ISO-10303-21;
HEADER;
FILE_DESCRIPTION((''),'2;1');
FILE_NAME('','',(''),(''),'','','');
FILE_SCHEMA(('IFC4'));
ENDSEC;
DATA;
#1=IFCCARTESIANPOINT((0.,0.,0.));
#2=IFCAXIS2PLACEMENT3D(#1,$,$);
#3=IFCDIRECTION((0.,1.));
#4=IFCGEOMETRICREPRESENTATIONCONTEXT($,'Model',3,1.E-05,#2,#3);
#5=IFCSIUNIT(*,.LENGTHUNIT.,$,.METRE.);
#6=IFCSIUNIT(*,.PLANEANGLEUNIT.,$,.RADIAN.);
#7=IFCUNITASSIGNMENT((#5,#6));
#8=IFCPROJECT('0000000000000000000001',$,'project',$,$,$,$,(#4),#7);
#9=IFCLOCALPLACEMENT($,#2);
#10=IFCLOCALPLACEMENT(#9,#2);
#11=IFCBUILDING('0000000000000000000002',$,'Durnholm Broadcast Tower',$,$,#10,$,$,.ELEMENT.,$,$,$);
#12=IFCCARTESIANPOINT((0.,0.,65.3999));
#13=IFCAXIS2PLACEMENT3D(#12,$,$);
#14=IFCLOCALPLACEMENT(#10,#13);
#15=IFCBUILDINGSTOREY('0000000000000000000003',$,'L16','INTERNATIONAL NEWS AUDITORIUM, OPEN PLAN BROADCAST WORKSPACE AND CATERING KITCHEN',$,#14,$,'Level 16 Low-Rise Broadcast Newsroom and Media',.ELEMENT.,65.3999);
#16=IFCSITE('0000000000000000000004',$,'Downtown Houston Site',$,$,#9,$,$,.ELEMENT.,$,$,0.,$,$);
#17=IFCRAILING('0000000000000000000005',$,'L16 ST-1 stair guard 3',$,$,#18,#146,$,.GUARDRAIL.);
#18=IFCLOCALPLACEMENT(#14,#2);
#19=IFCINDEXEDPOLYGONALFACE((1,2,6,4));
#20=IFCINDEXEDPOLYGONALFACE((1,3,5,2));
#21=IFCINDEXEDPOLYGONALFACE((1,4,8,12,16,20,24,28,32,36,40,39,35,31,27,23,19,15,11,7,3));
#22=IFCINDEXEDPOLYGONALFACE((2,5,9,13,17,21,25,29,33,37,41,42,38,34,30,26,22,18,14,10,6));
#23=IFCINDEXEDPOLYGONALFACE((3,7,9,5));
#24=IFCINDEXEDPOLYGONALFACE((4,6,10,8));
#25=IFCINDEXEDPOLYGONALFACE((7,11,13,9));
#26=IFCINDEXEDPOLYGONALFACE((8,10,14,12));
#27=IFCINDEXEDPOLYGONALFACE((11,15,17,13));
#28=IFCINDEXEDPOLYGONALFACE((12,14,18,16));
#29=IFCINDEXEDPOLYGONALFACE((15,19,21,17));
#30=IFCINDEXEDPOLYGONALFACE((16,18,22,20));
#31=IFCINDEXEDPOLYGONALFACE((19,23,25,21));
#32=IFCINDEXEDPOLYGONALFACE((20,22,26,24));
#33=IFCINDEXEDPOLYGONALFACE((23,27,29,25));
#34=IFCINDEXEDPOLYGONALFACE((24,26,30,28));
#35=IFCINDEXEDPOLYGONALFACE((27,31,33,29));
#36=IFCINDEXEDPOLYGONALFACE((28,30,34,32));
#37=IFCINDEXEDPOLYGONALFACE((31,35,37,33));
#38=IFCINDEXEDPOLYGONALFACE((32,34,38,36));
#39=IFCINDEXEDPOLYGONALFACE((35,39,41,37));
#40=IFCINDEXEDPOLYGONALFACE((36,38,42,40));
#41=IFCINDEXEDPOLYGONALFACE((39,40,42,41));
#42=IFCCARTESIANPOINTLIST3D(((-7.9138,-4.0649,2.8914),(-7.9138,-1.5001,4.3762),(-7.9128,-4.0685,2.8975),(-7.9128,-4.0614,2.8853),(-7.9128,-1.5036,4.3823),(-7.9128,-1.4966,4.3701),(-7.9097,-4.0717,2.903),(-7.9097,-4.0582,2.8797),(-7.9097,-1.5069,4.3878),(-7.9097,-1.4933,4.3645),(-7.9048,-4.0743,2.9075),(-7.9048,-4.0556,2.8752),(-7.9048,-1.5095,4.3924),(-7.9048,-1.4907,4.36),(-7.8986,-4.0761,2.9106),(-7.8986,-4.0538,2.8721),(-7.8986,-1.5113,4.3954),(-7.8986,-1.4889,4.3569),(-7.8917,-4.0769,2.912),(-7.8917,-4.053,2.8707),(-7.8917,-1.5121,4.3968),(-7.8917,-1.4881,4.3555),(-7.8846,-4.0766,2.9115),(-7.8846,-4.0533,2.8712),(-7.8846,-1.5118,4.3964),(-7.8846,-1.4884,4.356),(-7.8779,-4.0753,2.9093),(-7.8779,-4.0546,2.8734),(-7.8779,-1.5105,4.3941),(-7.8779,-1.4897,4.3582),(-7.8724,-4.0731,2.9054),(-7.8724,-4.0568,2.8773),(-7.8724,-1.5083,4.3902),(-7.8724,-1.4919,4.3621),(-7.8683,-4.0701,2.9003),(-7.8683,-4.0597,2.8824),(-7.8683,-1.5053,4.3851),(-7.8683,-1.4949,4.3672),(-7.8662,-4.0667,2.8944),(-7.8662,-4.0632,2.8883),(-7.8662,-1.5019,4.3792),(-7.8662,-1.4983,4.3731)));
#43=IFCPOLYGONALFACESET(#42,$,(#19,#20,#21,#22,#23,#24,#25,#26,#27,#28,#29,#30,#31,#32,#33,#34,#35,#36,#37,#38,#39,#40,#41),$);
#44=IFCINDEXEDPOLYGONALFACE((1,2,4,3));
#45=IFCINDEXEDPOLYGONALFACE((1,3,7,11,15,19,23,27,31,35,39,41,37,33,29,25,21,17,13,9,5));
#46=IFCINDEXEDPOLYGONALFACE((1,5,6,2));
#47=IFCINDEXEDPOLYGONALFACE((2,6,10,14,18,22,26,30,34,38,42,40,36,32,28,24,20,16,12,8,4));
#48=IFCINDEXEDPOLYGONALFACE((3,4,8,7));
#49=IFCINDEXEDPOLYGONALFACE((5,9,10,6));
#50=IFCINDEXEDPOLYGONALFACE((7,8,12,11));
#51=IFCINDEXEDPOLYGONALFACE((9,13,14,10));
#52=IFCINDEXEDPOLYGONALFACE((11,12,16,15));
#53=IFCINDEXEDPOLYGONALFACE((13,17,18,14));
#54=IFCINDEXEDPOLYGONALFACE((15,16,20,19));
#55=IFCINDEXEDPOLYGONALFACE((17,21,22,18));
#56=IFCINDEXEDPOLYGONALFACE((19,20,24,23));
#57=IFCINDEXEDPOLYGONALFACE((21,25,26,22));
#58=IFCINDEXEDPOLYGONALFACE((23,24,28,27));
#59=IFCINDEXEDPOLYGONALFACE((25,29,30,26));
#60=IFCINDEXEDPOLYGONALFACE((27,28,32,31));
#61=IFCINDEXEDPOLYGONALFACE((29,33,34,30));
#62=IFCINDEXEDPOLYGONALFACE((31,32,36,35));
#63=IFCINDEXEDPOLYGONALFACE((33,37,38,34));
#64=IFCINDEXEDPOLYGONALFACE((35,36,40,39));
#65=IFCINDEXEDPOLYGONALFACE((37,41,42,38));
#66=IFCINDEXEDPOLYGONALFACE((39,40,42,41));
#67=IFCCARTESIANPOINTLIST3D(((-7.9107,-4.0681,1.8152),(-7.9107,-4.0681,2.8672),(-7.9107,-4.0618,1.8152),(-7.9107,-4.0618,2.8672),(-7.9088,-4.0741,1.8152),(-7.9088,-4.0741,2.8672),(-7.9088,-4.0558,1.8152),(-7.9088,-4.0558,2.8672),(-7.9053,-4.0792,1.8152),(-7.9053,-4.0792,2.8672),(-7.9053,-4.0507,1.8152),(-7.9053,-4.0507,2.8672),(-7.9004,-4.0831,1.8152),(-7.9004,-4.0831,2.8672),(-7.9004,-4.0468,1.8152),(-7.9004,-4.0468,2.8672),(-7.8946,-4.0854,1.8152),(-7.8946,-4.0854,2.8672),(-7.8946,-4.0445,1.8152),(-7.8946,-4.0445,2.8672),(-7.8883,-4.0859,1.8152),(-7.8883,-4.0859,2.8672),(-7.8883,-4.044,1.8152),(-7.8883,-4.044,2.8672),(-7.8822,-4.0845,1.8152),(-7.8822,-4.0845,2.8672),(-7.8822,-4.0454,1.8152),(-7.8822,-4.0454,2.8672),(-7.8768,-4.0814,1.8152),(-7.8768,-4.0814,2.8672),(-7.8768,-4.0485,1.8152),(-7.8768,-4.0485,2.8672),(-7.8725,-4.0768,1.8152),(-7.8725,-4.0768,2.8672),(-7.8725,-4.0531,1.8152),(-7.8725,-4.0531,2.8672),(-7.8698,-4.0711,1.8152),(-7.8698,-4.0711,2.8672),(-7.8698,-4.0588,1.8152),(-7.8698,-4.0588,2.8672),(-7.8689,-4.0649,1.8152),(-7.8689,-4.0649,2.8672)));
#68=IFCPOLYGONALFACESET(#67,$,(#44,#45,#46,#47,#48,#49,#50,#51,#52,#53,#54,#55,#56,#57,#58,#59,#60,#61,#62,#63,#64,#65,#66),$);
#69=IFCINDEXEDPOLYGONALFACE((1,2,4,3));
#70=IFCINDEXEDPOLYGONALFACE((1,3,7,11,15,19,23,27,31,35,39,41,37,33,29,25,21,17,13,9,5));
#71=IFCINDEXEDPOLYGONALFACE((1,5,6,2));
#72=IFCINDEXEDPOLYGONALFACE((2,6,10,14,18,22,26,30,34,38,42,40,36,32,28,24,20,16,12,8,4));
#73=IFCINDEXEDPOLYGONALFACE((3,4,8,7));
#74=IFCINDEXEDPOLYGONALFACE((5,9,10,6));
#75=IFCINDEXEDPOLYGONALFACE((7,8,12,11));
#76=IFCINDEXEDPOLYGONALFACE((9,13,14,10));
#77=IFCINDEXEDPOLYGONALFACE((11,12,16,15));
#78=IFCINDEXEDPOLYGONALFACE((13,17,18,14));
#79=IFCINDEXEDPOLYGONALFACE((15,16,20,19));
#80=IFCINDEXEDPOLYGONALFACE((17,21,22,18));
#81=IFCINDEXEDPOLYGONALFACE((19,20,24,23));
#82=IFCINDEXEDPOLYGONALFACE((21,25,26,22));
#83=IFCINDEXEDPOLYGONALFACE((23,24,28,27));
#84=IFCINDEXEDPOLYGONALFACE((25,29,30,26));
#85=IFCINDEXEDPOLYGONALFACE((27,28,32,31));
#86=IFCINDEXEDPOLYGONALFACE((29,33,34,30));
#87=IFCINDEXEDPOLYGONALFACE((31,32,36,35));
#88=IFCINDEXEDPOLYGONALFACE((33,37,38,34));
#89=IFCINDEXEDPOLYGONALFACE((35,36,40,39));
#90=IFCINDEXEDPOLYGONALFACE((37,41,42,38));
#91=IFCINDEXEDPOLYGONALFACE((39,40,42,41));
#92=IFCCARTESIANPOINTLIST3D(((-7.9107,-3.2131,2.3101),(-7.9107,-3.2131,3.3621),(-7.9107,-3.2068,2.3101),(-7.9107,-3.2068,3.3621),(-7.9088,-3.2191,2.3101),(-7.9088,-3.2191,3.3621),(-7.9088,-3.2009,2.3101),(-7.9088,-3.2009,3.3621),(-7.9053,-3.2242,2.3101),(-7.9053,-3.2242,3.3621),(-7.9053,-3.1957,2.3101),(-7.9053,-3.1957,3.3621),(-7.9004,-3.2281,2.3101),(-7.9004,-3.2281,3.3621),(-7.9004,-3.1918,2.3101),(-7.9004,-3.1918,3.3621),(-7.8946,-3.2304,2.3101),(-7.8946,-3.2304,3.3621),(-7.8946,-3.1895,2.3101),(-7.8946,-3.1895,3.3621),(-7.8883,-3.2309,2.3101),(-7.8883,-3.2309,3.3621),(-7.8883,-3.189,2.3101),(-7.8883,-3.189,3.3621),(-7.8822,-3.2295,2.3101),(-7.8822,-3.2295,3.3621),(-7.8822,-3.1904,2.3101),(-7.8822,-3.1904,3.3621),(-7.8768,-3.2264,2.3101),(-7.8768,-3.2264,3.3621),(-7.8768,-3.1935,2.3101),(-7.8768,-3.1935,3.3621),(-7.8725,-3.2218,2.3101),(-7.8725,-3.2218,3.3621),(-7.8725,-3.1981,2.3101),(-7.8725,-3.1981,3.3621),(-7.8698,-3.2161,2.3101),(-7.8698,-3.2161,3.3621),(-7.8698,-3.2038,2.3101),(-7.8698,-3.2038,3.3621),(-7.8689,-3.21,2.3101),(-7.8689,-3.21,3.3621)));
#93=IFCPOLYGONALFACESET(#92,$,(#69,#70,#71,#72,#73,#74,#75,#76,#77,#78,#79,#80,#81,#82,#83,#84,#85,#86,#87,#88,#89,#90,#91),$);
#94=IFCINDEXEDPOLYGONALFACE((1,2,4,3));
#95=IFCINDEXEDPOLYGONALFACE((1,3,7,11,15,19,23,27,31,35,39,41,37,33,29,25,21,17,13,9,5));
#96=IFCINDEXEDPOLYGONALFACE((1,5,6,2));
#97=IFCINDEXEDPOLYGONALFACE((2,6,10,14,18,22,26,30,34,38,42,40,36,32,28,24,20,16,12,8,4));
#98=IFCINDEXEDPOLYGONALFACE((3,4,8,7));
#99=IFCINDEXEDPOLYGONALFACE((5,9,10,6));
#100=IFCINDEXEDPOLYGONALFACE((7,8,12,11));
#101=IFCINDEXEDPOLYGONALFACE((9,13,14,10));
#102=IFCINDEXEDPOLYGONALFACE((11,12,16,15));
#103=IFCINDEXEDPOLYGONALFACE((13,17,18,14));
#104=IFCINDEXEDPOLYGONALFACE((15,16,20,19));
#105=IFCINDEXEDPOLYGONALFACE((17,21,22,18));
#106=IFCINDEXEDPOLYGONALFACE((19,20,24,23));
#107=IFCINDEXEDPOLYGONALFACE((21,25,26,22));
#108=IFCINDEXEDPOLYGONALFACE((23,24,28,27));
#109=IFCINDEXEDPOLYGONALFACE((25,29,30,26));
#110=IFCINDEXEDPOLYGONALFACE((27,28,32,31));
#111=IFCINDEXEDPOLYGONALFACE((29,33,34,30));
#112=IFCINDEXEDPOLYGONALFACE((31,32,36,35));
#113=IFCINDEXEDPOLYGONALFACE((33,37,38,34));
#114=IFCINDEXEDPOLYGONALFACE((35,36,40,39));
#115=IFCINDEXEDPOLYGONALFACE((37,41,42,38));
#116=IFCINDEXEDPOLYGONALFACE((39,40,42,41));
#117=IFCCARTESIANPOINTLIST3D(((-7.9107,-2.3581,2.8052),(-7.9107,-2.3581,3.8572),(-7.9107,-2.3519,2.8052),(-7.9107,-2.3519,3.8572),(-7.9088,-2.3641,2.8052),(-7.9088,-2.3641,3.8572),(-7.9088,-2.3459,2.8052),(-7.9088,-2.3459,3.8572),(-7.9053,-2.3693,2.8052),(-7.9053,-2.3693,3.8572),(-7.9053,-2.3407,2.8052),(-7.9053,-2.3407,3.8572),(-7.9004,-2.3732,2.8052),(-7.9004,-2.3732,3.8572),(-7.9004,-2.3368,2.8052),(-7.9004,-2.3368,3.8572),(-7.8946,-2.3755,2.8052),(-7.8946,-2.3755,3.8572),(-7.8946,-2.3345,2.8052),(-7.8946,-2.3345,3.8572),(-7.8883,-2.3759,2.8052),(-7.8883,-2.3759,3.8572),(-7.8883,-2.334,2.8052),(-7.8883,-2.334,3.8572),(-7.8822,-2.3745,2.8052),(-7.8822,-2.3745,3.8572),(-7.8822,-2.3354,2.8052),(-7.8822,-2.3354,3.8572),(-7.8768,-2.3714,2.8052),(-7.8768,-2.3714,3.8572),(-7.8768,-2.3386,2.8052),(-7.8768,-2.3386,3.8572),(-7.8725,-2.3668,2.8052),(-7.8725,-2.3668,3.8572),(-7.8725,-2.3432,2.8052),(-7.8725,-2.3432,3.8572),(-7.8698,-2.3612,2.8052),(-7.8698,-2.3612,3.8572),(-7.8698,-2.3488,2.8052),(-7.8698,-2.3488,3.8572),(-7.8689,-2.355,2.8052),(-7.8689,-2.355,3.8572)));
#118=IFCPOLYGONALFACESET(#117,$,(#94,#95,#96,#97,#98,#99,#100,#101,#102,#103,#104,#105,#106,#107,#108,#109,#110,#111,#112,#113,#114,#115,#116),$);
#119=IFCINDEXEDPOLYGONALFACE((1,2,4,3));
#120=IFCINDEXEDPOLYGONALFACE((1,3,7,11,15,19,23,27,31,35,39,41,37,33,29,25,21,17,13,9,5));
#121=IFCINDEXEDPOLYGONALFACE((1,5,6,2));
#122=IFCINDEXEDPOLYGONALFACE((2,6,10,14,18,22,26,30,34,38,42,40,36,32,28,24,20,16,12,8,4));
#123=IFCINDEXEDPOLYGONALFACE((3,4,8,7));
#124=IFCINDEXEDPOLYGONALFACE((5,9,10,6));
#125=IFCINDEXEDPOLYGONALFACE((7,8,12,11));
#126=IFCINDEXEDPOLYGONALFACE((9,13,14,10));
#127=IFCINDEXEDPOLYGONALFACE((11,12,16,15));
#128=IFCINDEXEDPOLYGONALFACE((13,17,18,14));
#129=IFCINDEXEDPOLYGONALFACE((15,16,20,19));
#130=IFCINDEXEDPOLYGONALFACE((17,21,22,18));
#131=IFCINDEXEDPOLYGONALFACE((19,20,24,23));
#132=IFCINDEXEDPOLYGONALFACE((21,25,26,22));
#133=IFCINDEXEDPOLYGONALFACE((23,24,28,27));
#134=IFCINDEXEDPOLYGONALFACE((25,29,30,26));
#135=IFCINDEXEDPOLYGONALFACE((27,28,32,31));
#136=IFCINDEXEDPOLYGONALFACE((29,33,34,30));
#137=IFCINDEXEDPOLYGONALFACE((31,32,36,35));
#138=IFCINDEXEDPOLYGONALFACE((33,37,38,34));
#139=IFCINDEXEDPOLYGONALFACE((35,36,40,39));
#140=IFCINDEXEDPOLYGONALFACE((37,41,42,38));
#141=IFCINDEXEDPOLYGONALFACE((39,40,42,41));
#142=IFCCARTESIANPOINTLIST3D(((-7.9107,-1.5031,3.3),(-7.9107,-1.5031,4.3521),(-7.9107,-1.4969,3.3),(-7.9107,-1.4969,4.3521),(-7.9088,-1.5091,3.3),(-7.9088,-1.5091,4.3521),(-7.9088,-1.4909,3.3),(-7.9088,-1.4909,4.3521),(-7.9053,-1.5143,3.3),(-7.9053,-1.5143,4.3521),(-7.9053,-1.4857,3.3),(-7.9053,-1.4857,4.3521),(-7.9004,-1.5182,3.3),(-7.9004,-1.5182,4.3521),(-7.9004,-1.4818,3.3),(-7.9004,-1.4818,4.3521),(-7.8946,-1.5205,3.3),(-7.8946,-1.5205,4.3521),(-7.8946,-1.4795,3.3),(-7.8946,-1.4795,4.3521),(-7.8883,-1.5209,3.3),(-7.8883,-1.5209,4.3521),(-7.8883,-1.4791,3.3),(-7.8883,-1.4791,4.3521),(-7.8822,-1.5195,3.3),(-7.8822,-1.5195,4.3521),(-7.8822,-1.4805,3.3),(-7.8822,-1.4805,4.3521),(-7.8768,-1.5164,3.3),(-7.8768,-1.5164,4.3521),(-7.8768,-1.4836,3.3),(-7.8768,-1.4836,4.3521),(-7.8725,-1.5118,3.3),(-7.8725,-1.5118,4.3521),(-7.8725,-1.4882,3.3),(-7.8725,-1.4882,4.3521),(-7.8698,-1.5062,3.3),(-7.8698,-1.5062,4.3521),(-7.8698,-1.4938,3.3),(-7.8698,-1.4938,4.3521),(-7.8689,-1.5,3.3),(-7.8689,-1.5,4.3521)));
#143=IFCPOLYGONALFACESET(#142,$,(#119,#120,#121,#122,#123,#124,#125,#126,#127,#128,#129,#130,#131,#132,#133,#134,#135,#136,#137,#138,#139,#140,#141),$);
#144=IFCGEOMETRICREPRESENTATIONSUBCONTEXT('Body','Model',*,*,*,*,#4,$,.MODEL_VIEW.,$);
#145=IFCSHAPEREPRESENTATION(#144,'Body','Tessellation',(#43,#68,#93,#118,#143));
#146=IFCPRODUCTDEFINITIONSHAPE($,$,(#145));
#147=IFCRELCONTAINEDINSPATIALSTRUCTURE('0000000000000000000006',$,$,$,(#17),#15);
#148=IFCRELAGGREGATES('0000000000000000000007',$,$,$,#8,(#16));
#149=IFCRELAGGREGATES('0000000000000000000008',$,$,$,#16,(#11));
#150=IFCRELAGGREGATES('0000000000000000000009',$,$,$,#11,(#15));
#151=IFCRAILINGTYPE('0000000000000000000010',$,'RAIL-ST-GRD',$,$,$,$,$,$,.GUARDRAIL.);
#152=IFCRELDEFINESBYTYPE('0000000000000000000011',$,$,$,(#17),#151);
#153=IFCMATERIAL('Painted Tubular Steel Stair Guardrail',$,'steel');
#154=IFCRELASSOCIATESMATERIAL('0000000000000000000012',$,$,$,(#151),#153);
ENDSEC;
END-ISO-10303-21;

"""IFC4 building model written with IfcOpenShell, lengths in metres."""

from ifc_helpers import new_model, si_unit, direction, frame, origin, origin_2d, place, context, subcontext, project, spatial, circle, extrude, material, type_object, element, save


model = new_model("IFC4")

# Units and contexts
model_context = context("Model", 3, precision=1e-05, world=origin(), true_north=direction((0.0, 1.0)))
body_context = subcontext(model_context, "Body", "Model", "MODEL_VIEW")
ifc_project = project(units=[si_unit("LENGTHUNIT", "METRE"), si_unit("PLANEANGLEUNIT", "RADIAN")], contexts=[model_context])

# Site, building, storey
site_placement = place(None, origin())
site = spatial("IfcSite", under=ifc_project, at=site_placement, Name="Downtown Houston Site", CompositionType="ELEMENT", RefElevation=0.0)
building_placement = place(site_placement, origin())
building = spatial("IfcBuilding", under=site, at=building_placement, Name="Durnholm Broadcast Tower", CompositionType="ELEMENT")
storey_placement = place(building_placement, frame((0.0, 0.0, 65.3999)))
storey = spatial("IfcBuildingStorey", under=building, at=storey_placement, Name="L16", Description="INTERNATIONAL NEWS AUDITORIUM, OPEN PLAN BROADCAST WORKSPACE AND CATERING KITCHEN", LongName="Level 16 Low-Rise Broadcast Newsroom and Media", CompositionType="ELEMENT", Elevation=65.3999)

# Railing
ifc_material_1 = material(Name="Painted Tubular Steel Stair Guardrail", Category="steel")
railing_type_1 = type_object("IfcRailingType", Name="RAIL-ST-GRD", PredefinedType="GUARDRAIL", material=ifc_material_1)
railing_1_placement = place(storey_placement, frame((-7.8899, -4.0649, 1.8152)))
element("IfcRailing", 1, at=railing_1_placement, inside=storey, type_object=railing_type_1, Name="L16 ST-1 stair guard 3", PredefinedType="GUARDRAIL", context=body_context, shape_type="SweptSolid", body=[
    extrude(circle(Radius=0.0239, at=origin_2d()), frame((0.0, 0.0, 1.0762), z_axis=(0.0, 0.865441, 0.50101), x_axis=(-1.0, 0.0, 0.0)), (0.0, 0.0, 1.0), 2.9636),
    extrude(circle(Radius=0.021, at=origin_2d()), origin(), (0.0, 0.0, 1.0), 1.052),
    extrude(circle(Radius=0.021, at=origin_2d()), frame((0.0, 0.855, 0.4949)), (0.0, 0.0, 1.0), 1.052),
    extrude(circle(Radius=0.021, at=origin_2d()), frame((0.0, 1.71, 0.99)), (0.0, 0.0, 1.0), 1.052),
    extrude(circle(Radius=0.021, at=origin_2d()), frame((0.0, 2.5649, 1.4849)), (0.0, 0.0, 1.0), 1.052),
])

save(model, "model.ifc")
